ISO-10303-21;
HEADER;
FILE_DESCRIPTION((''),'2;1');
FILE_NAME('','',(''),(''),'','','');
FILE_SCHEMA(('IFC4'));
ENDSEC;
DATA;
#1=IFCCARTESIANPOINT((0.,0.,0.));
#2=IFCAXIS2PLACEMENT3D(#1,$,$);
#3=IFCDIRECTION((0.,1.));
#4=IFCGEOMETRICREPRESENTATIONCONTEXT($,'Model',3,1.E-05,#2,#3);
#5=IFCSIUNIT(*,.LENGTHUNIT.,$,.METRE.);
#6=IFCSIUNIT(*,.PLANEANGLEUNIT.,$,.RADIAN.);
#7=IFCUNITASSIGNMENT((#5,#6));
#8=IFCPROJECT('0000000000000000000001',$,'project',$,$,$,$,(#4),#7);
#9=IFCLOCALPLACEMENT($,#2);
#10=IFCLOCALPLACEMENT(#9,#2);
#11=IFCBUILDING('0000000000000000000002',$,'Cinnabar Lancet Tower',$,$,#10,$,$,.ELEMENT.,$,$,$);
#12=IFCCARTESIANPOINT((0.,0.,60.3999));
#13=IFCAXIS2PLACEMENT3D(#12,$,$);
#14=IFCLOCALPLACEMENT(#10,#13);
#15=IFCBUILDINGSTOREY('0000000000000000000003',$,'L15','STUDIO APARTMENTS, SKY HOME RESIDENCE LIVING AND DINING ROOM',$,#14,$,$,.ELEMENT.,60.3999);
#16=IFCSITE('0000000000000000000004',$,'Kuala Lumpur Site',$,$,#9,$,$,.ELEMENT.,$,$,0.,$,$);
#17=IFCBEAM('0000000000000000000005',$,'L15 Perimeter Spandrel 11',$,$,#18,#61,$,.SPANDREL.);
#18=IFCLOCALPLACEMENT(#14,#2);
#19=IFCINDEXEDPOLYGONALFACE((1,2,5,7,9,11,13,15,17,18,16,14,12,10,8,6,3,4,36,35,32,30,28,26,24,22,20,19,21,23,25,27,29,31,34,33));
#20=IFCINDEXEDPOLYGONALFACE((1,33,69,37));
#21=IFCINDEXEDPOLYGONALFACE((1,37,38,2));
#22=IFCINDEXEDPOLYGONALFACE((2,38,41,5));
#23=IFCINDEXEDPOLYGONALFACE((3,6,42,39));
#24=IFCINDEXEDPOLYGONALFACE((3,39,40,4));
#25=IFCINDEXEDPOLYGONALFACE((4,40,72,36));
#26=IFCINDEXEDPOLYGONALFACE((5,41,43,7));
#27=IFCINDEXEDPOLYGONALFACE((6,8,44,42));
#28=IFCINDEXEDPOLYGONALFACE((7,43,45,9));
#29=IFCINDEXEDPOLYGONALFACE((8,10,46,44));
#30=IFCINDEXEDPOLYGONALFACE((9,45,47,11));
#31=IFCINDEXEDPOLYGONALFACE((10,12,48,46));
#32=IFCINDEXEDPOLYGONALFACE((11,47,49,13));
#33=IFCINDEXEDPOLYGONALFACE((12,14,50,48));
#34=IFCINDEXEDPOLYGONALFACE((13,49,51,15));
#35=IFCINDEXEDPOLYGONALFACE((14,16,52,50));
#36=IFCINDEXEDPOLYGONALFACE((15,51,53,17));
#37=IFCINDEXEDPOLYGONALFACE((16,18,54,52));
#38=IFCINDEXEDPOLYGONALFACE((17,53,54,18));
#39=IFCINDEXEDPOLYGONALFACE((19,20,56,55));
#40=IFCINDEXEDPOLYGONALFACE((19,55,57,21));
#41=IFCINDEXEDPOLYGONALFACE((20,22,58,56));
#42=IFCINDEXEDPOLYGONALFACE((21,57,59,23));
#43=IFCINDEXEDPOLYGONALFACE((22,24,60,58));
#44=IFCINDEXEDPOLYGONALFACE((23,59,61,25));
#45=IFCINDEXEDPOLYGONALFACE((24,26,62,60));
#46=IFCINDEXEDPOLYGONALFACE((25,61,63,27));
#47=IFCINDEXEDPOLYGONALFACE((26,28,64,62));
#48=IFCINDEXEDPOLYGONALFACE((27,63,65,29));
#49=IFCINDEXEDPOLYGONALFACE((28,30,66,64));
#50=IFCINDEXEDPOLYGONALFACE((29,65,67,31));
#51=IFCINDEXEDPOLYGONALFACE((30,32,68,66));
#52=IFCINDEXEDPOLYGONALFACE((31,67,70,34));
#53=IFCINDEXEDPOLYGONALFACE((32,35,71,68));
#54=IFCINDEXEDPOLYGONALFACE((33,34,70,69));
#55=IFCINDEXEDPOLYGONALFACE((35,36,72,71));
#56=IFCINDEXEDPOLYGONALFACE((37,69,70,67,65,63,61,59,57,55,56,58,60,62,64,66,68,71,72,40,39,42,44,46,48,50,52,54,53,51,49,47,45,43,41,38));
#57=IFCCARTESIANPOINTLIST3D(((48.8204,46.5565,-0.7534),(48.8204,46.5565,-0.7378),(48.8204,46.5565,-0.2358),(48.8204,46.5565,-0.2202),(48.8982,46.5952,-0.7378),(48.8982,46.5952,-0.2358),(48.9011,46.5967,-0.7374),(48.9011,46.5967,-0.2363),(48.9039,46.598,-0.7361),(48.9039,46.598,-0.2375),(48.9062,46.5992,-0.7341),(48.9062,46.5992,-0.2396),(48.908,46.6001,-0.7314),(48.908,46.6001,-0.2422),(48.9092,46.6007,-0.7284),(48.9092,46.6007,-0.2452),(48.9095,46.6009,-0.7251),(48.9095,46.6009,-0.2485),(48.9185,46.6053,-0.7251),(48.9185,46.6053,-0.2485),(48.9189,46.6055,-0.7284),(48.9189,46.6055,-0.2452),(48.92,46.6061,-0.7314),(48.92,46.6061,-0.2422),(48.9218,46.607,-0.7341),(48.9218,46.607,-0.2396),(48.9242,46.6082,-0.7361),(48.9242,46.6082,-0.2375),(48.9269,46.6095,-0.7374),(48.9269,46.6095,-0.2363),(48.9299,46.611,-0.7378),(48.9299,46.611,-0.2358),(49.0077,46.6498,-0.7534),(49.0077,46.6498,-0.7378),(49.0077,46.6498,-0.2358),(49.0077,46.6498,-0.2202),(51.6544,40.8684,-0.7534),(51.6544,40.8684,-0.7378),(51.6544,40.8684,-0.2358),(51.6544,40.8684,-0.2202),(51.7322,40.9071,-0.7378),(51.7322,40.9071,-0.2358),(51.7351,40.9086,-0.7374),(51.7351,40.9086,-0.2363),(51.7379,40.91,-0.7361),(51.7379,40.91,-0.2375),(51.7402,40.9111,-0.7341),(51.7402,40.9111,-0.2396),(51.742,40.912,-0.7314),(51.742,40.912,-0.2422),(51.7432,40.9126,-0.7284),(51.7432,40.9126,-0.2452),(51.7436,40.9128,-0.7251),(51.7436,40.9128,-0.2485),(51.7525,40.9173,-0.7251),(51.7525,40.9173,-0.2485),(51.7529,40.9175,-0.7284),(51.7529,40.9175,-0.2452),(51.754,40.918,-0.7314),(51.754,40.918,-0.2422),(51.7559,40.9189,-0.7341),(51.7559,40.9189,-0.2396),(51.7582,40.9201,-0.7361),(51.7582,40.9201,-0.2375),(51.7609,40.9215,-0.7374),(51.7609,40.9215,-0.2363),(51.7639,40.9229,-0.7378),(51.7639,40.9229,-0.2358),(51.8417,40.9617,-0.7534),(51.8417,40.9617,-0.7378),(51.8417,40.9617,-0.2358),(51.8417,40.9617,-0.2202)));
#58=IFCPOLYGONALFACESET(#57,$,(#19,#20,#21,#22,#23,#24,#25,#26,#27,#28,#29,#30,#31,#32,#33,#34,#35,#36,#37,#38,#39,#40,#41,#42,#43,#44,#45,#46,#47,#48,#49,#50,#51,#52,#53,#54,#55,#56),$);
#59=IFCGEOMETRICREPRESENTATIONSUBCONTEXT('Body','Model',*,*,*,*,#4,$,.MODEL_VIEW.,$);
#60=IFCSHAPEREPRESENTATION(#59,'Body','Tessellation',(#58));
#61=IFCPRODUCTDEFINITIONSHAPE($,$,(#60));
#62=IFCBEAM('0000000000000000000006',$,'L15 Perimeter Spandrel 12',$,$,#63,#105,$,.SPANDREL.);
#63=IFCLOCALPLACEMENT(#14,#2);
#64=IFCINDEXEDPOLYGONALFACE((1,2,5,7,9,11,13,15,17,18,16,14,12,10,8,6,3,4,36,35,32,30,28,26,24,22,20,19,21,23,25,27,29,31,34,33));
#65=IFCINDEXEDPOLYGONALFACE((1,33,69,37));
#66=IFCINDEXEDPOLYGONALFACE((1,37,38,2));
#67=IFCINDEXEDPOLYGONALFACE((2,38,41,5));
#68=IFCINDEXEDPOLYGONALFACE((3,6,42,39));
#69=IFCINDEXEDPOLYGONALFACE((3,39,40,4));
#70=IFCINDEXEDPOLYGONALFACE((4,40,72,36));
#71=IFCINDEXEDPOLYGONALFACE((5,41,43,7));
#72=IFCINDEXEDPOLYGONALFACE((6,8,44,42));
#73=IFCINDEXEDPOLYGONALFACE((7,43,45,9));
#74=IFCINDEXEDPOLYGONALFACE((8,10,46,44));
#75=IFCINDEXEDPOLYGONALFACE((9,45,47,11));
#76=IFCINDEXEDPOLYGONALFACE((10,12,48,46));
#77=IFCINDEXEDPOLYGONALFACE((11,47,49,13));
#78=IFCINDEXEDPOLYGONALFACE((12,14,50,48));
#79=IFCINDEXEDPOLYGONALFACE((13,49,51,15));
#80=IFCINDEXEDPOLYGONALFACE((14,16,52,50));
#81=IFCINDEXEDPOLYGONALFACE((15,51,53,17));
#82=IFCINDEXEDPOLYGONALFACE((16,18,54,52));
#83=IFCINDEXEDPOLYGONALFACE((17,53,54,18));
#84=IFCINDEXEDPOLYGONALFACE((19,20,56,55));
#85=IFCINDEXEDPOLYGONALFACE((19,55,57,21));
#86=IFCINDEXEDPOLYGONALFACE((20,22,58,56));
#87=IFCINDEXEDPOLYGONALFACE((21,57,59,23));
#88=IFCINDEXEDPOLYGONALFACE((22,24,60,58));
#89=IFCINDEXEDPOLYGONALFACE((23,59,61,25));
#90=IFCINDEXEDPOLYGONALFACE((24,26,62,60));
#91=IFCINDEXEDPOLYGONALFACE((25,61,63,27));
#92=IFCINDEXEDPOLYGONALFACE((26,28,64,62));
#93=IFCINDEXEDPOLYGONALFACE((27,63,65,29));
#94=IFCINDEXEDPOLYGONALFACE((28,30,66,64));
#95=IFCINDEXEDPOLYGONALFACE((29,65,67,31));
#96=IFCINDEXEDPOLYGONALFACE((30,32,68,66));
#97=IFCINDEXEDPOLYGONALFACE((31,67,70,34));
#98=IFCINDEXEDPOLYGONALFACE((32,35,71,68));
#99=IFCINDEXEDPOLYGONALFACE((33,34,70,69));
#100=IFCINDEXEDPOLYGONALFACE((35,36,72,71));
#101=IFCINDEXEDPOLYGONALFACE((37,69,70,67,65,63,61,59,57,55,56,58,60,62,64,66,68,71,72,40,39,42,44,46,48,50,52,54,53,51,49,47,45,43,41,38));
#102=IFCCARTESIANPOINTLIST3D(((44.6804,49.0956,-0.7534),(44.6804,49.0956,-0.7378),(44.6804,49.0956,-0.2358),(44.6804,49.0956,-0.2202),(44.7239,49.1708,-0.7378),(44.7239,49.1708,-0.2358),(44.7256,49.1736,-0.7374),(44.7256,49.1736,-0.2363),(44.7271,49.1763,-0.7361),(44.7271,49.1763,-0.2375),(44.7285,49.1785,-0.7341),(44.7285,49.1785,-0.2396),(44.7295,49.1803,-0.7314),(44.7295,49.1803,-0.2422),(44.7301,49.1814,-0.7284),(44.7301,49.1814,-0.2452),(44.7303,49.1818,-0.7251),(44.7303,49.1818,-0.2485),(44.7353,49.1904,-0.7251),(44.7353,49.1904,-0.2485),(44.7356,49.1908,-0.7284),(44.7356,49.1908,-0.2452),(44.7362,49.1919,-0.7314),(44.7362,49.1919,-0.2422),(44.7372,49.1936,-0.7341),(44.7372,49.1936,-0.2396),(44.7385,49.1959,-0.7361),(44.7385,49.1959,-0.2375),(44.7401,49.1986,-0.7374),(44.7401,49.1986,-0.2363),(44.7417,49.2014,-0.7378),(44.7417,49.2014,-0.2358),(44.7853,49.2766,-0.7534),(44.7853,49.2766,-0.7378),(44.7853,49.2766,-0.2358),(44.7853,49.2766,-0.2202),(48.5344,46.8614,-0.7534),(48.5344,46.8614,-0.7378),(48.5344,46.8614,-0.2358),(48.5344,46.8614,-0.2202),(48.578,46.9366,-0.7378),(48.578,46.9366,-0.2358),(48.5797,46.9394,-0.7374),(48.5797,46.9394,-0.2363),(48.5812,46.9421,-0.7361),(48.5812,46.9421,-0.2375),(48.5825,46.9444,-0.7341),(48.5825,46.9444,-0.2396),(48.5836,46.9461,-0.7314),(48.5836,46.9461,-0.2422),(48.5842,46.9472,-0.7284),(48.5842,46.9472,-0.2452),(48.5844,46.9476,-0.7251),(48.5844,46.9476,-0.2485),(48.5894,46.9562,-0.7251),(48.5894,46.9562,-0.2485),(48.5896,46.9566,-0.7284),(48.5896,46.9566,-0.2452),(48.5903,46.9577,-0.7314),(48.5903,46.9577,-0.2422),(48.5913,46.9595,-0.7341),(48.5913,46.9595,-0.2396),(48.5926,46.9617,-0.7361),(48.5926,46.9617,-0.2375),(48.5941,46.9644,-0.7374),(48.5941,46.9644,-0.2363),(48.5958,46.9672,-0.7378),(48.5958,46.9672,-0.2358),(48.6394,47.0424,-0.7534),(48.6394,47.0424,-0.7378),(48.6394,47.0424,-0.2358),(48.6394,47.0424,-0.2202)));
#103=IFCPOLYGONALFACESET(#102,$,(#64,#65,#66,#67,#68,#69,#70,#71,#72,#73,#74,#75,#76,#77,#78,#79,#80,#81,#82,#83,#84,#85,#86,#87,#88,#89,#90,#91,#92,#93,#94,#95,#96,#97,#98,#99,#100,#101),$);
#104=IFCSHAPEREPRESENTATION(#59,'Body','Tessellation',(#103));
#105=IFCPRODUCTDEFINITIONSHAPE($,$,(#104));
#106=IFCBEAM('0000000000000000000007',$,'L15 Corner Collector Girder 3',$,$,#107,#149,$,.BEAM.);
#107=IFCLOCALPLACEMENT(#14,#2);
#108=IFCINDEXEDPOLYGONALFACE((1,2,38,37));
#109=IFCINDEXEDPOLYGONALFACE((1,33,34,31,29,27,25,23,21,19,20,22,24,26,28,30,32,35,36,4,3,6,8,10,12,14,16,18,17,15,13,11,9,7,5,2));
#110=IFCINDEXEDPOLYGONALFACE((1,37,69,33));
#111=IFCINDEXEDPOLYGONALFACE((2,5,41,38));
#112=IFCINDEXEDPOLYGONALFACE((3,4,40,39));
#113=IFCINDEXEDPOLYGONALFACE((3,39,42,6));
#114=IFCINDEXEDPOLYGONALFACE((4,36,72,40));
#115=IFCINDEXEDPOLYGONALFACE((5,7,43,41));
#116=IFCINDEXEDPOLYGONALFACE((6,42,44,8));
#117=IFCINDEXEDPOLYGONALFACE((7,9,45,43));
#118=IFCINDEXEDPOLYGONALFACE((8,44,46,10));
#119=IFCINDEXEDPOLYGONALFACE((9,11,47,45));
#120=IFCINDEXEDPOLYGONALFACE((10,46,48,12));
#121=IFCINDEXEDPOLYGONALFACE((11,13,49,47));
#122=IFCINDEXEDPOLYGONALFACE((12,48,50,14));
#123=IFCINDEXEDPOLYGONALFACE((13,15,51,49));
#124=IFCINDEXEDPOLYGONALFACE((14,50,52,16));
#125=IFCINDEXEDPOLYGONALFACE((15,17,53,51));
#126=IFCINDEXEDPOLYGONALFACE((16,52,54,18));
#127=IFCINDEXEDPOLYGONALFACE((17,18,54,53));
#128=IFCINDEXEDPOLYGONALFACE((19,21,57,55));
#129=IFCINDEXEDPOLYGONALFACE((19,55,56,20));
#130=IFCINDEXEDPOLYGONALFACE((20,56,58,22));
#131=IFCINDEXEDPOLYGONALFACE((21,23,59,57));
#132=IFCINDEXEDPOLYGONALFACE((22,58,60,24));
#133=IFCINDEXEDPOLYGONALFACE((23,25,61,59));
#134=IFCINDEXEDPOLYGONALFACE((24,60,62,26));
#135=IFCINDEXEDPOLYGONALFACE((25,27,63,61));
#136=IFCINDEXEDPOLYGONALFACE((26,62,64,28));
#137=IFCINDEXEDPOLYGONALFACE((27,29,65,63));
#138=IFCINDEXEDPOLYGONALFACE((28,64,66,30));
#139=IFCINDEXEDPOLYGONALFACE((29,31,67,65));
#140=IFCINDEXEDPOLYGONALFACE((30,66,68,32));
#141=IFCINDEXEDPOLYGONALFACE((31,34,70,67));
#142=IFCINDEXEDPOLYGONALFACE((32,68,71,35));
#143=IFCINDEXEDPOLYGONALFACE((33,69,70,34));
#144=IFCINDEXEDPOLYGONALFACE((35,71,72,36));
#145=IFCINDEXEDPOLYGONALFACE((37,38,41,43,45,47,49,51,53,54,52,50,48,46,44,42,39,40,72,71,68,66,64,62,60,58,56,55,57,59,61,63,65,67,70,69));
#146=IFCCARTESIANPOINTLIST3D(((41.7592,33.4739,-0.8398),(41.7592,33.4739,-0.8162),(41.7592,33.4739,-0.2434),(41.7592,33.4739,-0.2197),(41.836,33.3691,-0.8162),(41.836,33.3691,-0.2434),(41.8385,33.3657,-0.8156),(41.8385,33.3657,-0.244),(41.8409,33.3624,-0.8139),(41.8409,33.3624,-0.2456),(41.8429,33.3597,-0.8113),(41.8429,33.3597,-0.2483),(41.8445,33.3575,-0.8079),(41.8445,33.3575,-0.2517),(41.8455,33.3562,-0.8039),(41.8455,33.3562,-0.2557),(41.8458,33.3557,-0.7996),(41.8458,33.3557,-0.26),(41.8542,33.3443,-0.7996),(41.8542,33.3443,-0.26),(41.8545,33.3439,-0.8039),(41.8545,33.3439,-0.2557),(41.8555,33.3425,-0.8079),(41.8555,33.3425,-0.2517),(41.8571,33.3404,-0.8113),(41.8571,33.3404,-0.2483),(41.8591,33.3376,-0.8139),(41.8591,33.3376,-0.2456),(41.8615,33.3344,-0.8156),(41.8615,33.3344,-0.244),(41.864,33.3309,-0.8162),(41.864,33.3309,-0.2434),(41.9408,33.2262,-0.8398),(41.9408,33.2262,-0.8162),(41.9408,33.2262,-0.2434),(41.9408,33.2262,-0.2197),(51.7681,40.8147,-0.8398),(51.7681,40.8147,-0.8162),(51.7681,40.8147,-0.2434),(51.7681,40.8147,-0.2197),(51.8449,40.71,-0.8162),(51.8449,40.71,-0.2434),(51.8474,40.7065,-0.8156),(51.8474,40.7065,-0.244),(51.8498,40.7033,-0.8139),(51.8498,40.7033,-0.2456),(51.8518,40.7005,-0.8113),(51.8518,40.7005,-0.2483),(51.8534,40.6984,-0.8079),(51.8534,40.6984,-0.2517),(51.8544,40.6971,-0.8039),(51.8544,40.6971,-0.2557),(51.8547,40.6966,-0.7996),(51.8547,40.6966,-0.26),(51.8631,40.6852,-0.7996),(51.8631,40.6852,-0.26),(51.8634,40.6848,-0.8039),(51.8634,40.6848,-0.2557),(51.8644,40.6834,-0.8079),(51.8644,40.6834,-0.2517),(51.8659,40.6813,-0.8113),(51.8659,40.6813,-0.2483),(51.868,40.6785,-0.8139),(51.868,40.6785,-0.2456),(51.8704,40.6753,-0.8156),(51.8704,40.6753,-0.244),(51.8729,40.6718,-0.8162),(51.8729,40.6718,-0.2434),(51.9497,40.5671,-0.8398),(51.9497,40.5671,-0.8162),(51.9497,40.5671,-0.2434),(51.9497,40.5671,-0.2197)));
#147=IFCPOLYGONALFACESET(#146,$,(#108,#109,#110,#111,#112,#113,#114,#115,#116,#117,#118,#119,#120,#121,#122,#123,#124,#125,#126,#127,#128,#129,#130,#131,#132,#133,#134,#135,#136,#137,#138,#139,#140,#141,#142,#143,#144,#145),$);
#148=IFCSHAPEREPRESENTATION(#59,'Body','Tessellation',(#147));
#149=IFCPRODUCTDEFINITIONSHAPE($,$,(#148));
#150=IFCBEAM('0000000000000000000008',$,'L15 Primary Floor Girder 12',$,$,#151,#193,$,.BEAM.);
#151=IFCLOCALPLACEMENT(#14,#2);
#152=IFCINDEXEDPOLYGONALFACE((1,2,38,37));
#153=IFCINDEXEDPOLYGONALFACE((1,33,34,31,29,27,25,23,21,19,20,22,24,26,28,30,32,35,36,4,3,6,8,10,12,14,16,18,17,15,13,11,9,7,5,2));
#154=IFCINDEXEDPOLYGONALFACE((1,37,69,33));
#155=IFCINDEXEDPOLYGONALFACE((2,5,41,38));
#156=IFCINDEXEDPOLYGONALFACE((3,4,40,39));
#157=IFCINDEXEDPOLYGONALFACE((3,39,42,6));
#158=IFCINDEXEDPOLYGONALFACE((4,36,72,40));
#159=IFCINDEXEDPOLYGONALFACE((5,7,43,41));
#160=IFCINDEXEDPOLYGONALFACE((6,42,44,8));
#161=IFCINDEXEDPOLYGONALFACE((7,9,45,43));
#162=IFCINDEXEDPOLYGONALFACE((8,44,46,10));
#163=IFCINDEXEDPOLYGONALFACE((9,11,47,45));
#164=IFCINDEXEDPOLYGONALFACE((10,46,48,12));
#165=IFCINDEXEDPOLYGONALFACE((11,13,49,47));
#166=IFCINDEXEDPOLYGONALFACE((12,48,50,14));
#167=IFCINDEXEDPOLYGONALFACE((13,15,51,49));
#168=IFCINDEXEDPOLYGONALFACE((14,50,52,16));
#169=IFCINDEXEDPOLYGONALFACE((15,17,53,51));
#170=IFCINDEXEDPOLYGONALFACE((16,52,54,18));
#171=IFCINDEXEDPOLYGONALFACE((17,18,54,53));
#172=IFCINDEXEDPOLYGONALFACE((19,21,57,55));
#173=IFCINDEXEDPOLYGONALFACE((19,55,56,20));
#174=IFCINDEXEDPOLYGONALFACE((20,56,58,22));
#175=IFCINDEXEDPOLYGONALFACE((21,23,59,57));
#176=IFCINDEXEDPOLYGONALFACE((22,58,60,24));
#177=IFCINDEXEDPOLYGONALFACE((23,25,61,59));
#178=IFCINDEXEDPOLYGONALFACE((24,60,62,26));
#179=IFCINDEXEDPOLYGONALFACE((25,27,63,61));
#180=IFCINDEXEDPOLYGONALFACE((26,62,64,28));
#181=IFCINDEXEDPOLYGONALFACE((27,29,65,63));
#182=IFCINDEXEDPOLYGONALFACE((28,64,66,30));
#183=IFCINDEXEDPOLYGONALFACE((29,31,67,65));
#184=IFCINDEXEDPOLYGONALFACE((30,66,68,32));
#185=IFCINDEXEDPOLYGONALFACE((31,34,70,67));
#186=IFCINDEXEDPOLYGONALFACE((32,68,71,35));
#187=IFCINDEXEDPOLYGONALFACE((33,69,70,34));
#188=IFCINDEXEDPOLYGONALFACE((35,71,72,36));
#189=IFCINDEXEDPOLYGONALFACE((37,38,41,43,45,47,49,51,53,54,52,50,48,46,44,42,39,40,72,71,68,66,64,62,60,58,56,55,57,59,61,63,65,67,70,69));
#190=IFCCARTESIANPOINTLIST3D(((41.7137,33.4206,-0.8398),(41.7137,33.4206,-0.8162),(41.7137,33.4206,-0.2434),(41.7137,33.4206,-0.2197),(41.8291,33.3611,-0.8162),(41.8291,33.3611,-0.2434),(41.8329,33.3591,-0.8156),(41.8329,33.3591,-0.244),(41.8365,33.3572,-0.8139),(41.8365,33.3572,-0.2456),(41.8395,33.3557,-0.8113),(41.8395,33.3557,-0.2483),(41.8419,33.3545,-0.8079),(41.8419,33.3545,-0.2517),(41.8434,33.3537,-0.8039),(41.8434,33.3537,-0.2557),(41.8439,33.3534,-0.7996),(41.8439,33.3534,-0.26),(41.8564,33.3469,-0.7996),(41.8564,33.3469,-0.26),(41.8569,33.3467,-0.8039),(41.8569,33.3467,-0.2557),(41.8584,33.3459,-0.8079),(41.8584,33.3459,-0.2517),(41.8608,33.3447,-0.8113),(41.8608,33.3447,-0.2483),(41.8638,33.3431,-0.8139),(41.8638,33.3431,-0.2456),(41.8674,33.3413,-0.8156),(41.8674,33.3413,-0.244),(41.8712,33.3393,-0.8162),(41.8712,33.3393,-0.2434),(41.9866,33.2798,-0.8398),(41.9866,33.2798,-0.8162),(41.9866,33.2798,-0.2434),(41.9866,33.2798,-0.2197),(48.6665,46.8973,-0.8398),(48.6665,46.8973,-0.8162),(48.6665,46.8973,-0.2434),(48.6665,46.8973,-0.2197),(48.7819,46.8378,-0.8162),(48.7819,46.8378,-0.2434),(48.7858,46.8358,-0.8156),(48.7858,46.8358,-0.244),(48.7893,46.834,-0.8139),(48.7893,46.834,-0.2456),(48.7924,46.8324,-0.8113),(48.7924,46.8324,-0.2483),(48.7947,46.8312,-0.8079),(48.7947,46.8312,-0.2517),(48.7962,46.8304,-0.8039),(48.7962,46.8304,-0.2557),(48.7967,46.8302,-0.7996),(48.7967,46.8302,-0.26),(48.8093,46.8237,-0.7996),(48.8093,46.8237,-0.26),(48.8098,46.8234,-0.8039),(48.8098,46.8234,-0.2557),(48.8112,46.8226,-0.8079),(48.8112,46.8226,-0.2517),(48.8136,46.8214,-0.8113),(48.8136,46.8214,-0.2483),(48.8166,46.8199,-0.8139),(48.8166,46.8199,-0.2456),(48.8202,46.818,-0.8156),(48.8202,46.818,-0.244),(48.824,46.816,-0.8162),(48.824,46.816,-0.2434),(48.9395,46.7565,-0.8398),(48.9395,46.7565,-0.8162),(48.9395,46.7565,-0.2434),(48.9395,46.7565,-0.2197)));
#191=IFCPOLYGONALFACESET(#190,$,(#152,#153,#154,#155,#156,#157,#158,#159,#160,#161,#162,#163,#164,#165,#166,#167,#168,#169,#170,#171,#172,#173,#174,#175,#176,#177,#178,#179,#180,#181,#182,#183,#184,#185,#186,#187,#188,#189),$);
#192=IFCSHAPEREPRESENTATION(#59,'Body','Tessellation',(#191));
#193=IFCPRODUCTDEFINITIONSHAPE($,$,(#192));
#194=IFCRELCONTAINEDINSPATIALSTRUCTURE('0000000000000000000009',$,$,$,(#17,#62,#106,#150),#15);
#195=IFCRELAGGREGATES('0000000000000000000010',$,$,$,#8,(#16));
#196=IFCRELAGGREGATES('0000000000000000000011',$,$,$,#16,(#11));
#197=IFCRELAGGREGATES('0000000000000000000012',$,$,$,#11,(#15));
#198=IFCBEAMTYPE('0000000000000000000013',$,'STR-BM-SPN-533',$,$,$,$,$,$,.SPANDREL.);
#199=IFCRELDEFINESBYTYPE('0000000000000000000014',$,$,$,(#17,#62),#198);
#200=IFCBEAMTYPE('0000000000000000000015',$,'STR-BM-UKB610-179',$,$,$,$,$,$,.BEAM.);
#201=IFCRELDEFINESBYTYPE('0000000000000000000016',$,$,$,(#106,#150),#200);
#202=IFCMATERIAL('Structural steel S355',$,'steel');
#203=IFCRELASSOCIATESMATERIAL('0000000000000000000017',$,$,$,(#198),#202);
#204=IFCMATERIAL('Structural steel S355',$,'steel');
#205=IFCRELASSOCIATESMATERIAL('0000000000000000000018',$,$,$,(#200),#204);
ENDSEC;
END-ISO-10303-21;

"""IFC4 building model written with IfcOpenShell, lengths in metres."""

from ifc_helpers import new_model, si_unit, direction, frame, origin, origin_2d, place, context, subcontext, project, spatial, i_section, extrude, material, material_profile, profile_set, type_object, element, save


model = new_model("IFC4")

# Units and contexts
model_context = context("Model", 3, precision=1e-05, world=origin(), true_north=direction((0.0, 1.0)))
body_context = subcontext(model_context, "Body", "Model", "MODEL_VIEW")
ifc_project = project(units=[si_unit("LENGTHUNIT", "METRE"), si_unit("PLANEANGLEUNIT", "RADIAN")], contexts=[model_context])

# Site, building, storey
site_placement = place(None, origin())
site = spatial("IfcSite", under=ifc_project, at=site_placement, Name="Kuala Lumpur Site", CompositionType="ELEMENT", RefElevation=0.0)
building_placement = place(site_placement, origin())
building = spatial("IfcBuilding", under=site, at=building_placement, Name="Cinnabar Lancet Tower", CompositionType="ELEMENT")
storey_placement = place(building_placement, frame((0.0, 0.0, 60.3999)))
storey = spatial("IfcBuildingStorey", under=building, at=storey_placement, Name="L15", Description="STUDIO APARTMENTS, SKY HOME RESIDENCE LIVING AND DINING ROOM", CompositionType="ELEMENT", Elevation=60.3999)

# Beams
ifc_material_1 = material(Name="Structural steel S355", Category="steel")
ifc_material_profile_1 = material_profile(ifc_material_1, i_section(OverallWidth=0.2092, OverallDepth=0.5332, WebThickness=0.01, FlangeThickness=0.0156, FilletRadius=0.0127, at=origin_2d()), Name="UKB 533x210x92")
ifc_profile_set_1 = profile_set([ifc_material_profile_1], Name="Structural steel S355")
beam_type_1 = type_object("IfcBeamType", Name="STR-BM-SPN-533", PredefinedType="SPANDREL", material=ifc_profile_set_1)
beam_1_placement = place(storey_placement, frame((51.748, 40.915, -0.4868), z_axis=(-0.445953, 0.895056, 0.0), x_axis=(-0.895056, -0.445953, 0.0)))
element("IfcBeam", 1, at=beam_1_placement, inside=storey, type_object=beam_type_1, Name="L15 Perimeter Spandrel 11", PredefinedType="SPANDREL", context=body_context, shape_type="SweptSolid", body=[
    extrude(i_section(OverallWidth=0.2092, OverallDepth=0.5332, WebThickness=0.01, FlangeThickness=0.0156, FilletRadius=0.0127, at=origin_2d()), origin(), (0.0, 0.0, 1.0), 6.355),
])
beam_2_placement = place(storey_placement, frame((48.5869, 46.9519, -0.4868), z_axis=(-0.865147, 0.501518, 0.0), x_axis=(-0.501518, -0.865147, 0.0)))
element("IfcBeam", 2, at=beam_2_placement, inside=storey, type_object=beam_type_1, Name="L15 Perimeter Spandrel 12", PredefinedType="SPANDREL", context=body_context, shape_type="SweptSolid", body=[
    extrude(i_section(OverallWidth=0.2092, OverallDepth=0.5332, WebThickness=0.01, FlangeThickness=0.0156, FilletRadius=0.0127, at=origin_2d()), origin(), (0.0, 0.0, 1.0), 4.4548),
])
ifc_material_2 = material(Name="Structural steel S355", Category="steel")
ifc_material_profile_2 = material_profile(ifc_material_2, i_section(OverallWidth=0.3071, OverallDepth=0.6201, WebThickness=0.0142, FlangeThickness=0.0237, FilletRadius=0.0166, at=origin_2d()), Name="UKB 610x305x179")
ifc_profile_set_2 = profile_set([ifc_material_profile_2], Name="Structural steel S355")
beam_type_2 = type_object("IfcBeamType", Name="STR-BM-UKB610-179", PredefinedType="BEAM", material=ifc_profile_set_2)
beam_3_placement = place(storey_placement, frame((51.8589, 40.6909, -0.5298), z_axis=(-0.806365, -0.591418, 0.0), x_axis=(0.591418, -0.806365, 0.0)))
element("IfcBeam", 3, at=beam_3_placement, inside=storey, type_object=beam_type_2, Name="L15 Corner Collector Girder 3", PredefinedType="BEAM", context=body_context, shape_type="SweptSolid", body=[
    extrude(i_section(OverallWidth=0.3071, OverallDepth=0.6201, WebThickness=0.0142, FlangeThickness=0.0237, FilletRadius=0.0166, at=origin_2d()), origin(), (0.0, 0.0, 1.0), 12.4124),
])
beam_4_placement = place(storey_placement, frame((48.803, 46.8269, -0.5298), z_axis=(-0.458492, -0.888698, 0.0), x_axis=(0.888698, -0.458492, 0.0)))
element("IfcBeam", 4, at=beam_4_placement, inside=storey, type_object=beam_type_2, Name="L15 Primary Floor Girder 12", PredefinedType="BEAM", context=body_context, shape_type="SweptSolid", body=[
    extrude(i_section(OverallWidth=0.3071, OverallDepth=0.6201, WebThickness=0.0142, FlangeThickness=0.0237, FilletRadius=0.0166, at=origin_2d()), origin(), (0.0, 0.0, 1.0), 15.1646),
])

save(model, "model.ifc")
